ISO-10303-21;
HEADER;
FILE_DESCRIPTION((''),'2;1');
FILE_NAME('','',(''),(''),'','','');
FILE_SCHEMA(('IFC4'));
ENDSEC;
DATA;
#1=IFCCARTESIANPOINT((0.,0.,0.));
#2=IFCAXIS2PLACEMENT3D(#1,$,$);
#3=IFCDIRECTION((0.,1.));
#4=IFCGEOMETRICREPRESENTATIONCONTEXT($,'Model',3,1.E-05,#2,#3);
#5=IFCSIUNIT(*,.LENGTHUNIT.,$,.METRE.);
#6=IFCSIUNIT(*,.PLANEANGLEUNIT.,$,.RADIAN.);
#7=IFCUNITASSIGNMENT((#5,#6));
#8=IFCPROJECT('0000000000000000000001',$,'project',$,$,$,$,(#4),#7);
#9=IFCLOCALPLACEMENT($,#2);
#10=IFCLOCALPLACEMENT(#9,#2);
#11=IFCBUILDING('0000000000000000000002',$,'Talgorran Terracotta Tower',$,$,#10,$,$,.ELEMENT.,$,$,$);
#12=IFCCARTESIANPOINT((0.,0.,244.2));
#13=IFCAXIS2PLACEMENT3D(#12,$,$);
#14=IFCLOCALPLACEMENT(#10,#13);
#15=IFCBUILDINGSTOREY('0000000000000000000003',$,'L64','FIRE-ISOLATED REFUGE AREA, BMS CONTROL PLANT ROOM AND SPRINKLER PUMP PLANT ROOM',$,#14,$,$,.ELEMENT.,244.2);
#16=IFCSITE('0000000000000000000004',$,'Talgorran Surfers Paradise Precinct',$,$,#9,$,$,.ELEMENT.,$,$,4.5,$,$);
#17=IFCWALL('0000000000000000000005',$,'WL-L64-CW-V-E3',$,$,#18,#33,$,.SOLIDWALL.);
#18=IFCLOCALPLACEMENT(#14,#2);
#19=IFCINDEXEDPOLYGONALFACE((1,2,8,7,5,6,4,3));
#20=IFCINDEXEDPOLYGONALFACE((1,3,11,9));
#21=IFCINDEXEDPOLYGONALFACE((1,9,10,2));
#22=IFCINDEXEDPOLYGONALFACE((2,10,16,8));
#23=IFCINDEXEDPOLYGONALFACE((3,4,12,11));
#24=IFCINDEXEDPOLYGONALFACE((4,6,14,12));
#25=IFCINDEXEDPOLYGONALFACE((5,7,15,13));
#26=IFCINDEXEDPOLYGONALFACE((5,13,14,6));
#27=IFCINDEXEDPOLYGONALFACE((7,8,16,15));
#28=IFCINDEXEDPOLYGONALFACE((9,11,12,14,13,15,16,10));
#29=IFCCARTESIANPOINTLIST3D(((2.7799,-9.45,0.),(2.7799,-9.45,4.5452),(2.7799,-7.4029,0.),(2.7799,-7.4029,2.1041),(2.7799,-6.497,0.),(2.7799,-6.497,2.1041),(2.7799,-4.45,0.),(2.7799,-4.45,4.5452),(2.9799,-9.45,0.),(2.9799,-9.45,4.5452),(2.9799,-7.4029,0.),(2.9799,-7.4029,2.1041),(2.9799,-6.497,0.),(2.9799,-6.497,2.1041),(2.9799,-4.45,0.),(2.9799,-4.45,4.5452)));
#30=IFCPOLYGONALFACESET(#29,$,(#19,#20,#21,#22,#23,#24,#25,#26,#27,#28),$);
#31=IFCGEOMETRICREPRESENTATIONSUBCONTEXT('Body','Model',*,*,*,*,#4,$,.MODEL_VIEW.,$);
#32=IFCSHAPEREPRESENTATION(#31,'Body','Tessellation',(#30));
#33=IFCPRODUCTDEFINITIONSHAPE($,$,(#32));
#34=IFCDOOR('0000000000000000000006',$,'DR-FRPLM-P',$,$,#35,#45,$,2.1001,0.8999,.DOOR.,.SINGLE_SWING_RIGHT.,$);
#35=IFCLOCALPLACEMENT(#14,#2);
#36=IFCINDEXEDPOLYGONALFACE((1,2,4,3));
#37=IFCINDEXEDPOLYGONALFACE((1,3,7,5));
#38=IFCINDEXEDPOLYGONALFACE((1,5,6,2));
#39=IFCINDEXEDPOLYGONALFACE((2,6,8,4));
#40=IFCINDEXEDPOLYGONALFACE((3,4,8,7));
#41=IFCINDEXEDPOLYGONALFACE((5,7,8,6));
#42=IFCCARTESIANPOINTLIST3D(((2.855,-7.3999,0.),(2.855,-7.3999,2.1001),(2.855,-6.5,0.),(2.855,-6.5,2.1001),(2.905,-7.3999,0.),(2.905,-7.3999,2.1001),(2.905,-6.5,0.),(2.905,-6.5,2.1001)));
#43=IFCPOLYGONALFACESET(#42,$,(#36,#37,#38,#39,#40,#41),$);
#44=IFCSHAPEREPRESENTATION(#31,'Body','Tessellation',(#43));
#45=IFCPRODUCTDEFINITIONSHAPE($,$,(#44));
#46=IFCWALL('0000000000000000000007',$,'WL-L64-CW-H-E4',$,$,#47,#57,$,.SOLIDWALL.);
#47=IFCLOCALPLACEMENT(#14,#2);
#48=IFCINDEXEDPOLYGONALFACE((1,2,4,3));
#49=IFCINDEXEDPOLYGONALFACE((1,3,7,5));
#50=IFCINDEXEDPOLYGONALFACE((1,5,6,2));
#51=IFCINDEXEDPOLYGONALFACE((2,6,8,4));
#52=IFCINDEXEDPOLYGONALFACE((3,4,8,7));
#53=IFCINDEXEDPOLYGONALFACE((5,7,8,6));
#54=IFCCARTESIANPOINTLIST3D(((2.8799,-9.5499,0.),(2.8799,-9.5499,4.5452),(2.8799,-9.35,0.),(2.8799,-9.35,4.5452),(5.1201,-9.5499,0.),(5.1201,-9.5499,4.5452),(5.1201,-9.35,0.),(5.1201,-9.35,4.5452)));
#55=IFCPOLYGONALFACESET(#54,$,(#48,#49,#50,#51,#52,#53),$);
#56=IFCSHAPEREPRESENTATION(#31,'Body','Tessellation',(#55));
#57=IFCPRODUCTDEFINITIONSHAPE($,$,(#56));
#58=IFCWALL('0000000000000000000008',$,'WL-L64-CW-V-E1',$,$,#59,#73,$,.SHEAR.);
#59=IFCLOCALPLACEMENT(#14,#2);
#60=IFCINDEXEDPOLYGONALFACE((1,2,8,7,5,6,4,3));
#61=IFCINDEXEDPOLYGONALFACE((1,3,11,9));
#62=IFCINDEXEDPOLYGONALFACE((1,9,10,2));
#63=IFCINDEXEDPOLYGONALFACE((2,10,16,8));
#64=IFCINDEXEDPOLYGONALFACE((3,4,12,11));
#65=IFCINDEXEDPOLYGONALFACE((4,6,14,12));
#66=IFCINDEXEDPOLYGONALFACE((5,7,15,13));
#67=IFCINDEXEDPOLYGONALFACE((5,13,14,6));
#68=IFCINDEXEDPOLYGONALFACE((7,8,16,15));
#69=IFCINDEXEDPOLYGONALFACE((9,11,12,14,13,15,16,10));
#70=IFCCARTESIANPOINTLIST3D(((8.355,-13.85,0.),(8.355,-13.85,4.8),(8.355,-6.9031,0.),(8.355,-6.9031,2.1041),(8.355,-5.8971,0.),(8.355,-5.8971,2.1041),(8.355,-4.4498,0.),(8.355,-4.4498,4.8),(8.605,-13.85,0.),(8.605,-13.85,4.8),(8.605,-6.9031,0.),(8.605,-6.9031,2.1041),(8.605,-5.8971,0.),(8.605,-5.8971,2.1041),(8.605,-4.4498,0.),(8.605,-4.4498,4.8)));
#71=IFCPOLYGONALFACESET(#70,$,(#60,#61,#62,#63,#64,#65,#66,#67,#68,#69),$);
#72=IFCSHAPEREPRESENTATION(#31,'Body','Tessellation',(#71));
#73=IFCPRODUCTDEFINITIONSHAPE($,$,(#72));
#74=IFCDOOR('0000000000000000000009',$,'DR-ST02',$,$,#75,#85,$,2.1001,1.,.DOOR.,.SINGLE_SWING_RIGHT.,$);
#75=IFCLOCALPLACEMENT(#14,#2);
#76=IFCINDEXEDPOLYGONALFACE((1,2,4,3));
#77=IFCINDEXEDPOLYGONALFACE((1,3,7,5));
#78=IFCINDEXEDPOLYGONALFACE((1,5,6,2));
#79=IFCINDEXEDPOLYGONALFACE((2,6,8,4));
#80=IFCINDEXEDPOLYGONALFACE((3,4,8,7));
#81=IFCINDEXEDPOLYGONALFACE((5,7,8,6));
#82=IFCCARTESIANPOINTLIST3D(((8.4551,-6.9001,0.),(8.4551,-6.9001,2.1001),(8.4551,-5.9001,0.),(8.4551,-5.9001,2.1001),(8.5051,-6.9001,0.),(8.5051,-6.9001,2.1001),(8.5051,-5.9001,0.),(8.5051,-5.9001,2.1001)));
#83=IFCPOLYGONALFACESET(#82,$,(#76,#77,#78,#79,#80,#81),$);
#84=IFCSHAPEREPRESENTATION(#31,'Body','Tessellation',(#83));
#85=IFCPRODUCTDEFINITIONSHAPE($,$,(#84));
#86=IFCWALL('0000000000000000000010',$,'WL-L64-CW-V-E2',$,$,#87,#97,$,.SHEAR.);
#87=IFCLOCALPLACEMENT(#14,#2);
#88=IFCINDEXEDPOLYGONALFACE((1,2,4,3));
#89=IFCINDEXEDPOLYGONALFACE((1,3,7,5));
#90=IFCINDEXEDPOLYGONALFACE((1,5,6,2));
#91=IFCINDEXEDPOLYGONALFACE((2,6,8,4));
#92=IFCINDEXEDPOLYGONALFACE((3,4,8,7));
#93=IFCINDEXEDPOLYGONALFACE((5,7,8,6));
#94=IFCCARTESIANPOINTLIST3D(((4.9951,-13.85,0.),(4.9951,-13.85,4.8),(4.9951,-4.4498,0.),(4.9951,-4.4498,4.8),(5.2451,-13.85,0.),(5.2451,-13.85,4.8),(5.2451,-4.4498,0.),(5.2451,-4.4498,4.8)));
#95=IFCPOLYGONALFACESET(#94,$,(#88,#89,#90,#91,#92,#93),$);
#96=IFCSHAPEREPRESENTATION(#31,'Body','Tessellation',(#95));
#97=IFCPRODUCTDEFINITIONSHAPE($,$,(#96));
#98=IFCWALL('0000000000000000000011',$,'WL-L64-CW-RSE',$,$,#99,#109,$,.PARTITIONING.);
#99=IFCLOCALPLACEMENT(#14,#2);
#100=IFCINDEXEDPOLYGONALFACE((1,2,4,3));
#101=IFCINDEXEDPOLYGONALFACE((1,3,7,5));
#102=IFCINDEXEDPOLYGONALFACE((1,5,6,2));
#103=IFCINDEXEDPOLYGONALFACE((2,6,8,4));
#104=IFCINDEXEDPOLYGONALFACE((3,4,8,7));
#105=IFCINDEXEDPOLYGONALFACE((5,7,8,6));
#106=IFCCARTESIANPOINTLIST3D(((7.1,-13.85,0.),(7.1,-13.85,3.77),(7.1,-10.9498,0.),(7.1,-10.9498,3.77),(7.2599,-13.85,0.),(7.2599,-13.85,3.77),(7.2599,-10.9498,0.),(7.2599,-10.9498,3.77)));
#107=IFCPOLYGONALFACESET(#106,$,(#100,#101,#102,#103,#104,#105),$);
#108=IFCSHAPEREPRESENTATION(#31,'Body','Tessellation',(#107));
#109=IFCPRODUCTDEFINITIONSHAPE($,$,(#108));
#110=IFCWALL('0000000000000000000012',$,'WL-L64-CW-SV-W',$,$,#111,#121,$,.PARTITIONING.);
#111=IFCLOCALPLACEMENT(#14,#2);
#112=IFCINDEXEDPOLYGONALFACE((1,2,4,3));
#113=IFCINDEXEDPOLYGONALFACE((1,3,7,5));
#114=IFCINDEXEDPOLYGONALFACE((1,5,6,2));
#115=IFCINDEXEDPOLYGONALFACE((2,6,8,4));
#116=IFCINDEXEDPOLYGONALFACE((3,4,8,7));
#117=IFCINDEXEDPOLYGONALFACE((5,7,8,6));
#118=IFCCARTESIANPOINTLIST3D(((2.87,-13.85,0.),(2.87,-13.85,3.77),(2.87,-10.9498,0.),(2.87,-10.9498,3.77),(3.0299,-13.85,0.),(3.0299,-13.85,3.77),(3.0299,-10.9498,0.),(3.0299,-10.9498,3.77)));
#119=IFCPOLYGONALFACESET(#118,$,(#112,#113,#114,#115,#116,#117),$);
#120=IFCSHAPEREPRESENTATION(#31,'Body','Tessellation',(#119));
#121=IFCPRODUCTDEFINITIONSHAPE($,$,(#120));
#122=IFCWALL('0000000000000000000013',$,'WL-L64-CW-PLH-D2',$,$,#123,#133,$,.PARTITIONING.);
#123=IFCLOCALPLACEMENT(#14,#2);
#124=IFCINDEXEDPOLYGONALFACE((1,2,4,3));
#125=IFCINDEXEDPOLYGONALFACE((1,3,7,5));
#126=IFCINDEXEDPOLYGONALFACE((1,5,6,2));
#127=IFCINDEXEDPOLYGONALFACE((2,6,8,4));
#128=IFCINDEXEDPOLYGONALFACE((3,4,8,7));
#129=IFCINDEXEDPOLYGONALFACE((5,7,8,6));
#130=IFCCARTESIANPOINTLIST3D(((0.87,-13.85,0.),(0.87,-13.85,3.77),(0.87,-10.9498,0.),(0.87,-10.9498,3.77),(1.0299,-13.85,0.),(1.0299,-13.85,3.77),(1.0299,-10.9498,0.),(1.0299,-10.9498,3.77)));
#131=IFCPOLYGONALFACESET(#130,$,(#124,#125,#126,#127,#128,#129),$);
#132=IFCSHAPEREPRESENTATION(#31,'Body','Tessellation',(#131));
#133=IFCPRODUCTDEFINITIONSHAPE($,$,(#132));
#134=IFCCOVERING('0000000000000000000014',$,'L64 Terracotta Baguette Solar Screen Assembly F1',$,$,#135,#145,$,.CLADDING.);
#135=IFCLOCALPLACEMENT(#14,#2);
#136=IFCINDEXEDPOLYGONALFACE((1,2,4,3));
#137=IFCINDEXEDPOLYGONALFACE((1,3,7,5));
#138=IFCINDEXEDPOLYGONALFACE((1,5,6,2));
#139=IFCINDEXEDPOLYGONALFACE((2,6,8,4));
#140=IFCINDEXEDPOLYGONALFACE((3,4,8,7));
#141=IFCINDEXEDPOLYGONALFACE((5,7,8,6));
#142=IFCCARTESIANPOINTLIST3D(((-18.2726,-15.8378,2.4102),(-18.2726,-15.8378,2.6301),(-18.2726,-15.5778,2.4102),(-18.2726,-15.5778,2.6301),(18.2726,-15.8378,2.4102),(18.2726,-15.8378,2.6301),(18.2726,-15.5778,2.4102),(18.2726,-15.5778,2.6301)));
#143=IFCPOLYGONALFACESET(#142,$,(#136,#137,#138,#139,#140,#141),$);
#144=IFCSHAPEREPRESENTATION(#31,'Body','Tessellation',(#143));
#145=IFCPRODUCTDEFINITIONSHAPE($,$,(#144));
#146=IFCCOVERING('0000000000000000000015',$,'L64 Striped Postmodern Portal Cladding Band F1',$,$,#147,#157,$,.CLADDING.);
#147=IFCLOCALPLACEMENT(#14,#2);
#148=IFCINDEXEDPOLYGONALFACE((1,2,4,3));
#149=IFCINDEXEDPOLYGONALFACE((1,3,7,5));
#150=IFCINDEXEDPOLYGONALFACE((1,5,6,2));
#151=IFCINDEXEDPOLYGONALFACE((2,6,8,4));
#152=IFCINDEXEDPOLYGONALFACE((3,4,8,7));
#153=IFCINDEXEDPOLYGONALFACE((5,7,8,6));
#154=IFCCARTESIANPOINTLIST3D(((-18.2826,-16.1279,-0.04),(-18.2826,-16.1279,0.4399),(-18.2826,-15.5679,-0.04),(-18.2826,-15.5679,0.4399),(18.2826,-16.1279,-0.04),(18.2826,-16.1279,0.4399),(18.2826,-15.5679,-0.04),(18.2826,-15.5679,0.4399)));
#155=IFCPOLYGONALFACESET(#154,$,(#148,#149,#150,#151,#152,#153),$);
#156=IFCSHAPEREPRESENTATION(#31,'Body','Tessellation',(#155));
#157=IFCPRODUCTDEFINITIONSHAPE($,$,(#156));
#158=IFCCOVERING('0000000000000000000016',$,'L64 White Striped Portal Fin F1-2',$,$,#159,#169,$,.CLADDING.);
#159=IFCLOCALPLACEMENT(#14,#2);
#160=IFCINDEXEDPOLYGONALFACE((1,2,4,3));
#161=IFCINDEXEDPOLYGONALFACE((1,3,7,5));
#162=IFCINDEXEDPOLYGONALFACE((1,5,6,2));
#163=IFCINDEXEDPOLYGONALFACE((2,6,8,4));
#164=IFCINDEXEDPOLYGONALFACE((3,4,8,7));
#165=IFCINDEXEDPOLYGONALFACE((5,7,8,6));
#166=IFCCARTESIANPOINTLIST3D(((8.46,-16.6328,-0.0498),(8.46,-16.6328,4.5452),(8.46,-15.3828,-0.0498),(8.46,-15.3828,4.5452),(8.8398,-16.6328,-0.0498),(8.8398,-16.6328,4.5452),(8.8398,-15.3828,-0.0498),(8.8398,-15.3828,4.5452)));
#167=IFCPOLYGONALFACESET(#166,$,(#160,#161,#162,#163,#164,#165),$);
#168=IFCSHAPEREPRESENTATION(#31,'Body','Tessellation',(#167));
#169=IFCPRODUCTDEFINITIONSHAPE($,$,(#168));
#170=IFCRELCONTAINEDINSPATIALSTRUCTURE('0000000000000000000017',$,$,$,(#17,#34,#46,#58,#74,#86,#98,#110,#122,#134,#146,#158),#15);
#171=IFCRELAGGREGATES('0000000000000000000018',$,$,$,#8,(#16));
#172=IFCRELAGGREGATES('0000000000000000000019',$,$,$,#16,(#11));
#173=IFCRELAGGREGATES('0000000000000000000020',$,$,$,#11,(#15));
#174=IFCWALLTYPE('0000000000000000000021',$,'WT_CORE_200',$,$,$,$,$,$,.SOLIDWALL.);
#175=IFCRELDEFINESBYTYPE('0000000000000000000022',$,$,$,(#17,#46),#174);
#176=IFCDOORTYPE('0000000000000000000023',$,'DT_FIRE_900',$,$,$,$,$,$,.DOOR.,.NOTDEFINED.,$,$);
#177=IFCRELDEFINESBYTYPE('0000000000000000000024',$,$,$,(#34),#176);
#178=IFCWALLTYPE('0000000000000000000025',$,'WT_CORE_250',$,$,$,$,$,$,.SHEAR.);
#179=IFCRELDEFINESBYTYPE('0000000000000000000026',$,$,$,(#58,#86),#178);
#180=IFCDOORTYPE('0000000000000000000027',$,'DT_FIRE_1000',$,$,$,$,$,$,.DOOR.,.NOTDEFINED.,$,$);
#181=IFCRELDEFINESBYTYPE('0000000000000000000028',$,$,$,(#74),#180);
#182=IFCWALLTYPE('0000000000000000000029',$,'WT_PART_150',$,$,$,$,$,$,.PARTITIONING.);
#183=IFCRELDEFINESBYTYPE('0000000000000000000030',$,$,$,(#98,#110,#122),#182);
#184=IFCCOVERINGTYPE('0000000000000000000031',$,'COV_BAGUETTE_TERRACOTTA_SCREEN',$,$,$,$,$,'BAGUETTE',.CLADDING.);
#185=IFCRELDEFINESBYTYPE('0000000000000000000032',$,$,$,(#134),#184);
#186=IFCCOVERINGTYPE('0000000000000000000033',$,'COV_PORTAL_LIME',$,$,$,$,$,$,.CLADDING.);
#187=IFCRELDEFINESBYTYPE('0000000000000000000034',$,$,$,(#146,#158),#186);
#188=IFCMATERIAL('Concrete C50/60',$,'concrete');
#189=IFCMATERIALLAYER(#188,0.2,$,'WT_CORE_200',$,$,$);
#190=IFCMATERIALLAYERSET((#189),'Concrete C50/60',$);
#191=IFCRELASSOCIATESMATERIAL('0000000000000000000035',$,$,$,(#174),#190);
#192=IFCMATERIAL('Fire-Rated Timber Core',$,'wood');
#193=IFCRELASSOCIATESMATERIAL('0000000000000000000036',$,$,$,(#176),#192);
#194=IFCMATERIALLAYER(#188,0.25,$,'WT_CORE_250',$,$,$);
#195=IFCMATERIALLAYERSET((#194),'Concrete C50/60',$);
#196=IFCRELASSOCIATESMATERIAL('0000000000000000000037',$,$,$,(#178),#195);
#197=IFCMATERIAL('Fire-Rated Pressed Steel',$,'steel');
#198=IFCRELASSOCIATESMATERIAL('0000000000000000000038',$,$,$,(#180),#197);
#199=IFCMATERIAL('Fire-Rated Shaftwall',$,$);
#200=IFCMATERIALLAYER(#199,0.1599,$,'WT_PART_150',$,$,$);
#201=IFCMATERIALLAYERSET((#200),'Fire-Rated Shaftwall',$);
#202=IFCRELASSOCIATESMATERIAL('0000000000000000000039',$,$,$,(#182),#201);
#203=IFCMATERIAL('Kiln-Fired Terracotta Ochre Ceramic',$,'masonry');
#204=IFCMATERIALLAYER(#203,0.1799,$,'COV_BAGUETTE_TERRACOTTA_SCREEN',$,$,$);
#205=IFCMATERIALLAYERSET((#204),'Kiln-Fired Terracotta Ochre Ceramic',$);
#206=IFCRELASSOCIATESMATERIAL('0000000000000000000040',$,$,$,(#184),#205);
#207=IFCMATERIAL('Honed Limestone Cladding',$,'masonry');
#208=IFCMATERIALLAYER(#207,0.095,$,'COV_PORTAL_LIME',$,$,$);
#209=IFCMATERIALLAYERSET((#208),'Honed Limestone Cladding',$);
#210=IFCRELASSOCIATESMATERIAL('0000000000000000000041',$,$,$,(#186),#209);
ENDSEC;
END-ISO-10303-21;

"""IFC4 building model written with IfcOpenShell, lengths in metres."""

from ifc_helpers import new_model, si_unit, direction, frame, frame_2d, origin, origin_2d, place, context, subcontext, project, spatial, rectangle, extrude, material, layer, layer_set, type_object, element, fill, save


model = new_model("IFC4")

# Units and contexts
model_context = context("Model", 3, precision=1e-05, world=origin(), true_north=direction((0.0, 1.0)))
body_context = subcontext(model_context, "Body", "Model", "MODEL_VIEW")
ifc_project = project(units=[si_unit("LENGTHUNIT", "METRE"), si_unit("PLANEANGLEUNIT", "RADIAN")], contexts=[model_context])

# Site, building, storey
site_placement = place(None, origin())
site = spatial("IfcSite", under=ifc_project, at=site_placement, Name="Talgorran Surfers Paradise Precinct", CompositionType="ELEMENT", RefElevation=4.5)
building_placement = place(site_placement, origin())
building = spatial("IfcBuilding", under=site, at=building_placement, Name="Talgorran Terracotta Tower", CompositionType="ELEMENT")
storey_placement = place(building_placement, frame((0.0, 0.0, 244.2)))
storey = spatial("IfcBuildingStorey", under=building, at=storey_placement, Name="L64", Description="FIRE-ISOLATED REFUGE AREA, BMS CONTROL PLANT ROOM AND SPRINKLER PUMP PLANT ROOM", CompositionType="ELEMENT", Elevation=244.2)

# Shared definitions
ifc_material_1 = material(Name="Concrete C50/60", Category="concrete")

# Shared definitions
ifc_layer_1 = layer(ifc_material_1, 0.2, Name="WT_CORE_200")
ifc_layer_set_1 = layer_set([ifc_layer_1], Name="Concrete C50/60")
wall_type_1 = type_object("IfcWallType", Name="WT_CORE_200", PredefinedType="SOLIDWALL", material=ifc_layer_set_1)

# Shared definitions
ifc_material_2 = material(Name="Fire-Rated Pressed Steel", Category="steel")

# Wall, opening, door
wall_1_placement = place(storey_placement, frame((2.8799, -9.45, 0.0), z_axis=(0.0, 0.0, 1.0), x_axis=(0.0, 1.0, 0.0)))
wall_1 = element("IfcWall", 1, at=wall_1_placement, inside=storey, type_object=wall_type_1, Name="WL-L64-CW-V-E3", PredefinedType="SOLIDWALL", context=body_context, shape_type="SweptSolid", body=[
    extrude(rectangle(XDim=5.0, YDim=0.2, at=frame_2d((2.5, 0.0))), origin(), (0.0, 0.0, 1.0), 4.5452),
])
opening_1_placement = place(wall_1_placement, frame((2.05, 0.0, 0.0)))
opening_1 = element("IfcOpeningElement", 2, at=opening_1_placement, cuts=wall_1, PredefinedType="OPENING", context=body_context, shape_type="SweptSolid", body=[
    extrude(rectangle(XDim=0.9059, YDim=2.1041, at=frame_2d((0.45, 1.052))), frame((0.0, 0.1099, 0.0), z_axis=(0.0, -1.0, 0.0), x_axis=(1.0, 0.0, 0.0)), (0.0, 0.0, 1.0), 0.22),
])
ifc_material_3 = material(Name="Fire-Rated Timber Core", Category="wood")
door_type_1 = type_object("IfcDoorType", Name="DT_FIRE_900", OperationType="NOTDEFINED", PredefinedType="DOOR", material=ifc_material_3)
door_1_placement = place(opening_1_placement, origin())
door_1 = element("IfcDoor", 3, at=door_1_placement, inside=storey, type_object=door_type_1, Name="DR-FRPLM-P", OperationType="SINGLE_SWING_RIGHT", OverallHeight=2.1001, OverallWidth=0.8999, PredefinedType="DOOR", context=body_context, shape_type="SweptSolid", body=[
    extrude(rectangle(XDim=0.8999, YDim=2.1001, at=frame_2d((0.45, 1.05))), frame((0.0, 0.0249, 0.0), z_axis=(0.0, -1.0, 0.0), x_axis=(1.0, 0.0, 0.0)), (0.0, 0.0, 1.0), 0.05),
])
fill(opening_1, door_1)

# Wall
wall_2_placement = place(storey_placement, frame((2.8799, -9.45, 0.0), z_axis=(0.0, 0.0, 1.0), x_axis=(1.0, 0.0, 0.0)))
element("IfcWall", 4, at=wall_2_placement, inside=storey, type_object=wall_type_1, Name="WL-L64-CW-H-E4", PredefinedType="SOLIDWALL", context=body_context, shape_type="SweptSolid", body=[
    extrude(rectangle(XDim=2.2402, YDim=0.2, at=frame_2d((1.1201, 0.0))), origin(), (0.0, 0.0, 1.0), 4.5452),
])

# Wall, opening, door
ifc_layer_2 = layer(ifc_material_1, 0.25, Name="WT_CORE_250")
ifc_layer_set_2 = layer_set([ifc_layer_2], Name="Concrete C50/60")
wall_type_2 = type_object("IfcWallType", Name="WT_CORE_250", PredefinedType="SHEAR", material=ifc_layer_set_2)
wall_3_placement = place(storey_placement, frame((8.48, -13.8501, 0.0), z_axis=(0.0, 0.0, 1.0), x_axis=(0.0, 1.0, 0.0)))
wall_3 = element("IfcWall", 5, at=wall_3_placement, inside=storey, type_object=wall_type_2, Name="WL-L64-CW-V-E1", PredefinedType="SHEAR", context=body_context, shape_type="SweptSolid", body=[
    extrude(rectangle(XDim=9.4001, YDim=0.25, at=frame_2d((4.7002, 0.0))), origin(), (0.0, 0.0, 1.0), 4.8),
])
opening_2_placement = place(wall_3_placement, frame((6.95, 0.0, 0.0)))
opening_2 = element("IfcOpeningElement", 6, at=opening_2_placement, cuts=wall_3, PredefinedType="OPENING", context=body_context, shape_type="SweptSolid", body=[
    extrude(rectangle(XDim=1.006, YDim=2.1041, at=frame_2d((0.5, 1.052))), frame((0.0, 0.135, 0.0), z_axis=(0.0, -1.0, 0.0), x_axis=(1.0, 0.0, 0.0)), (0.0, 0.0, 1.0), 0.27),
])
door_type_2 = type_object("IfcDoorType", Name="DT_FIRE_1000", OperationType="NOTDEFINED", PredefinedType="DOOR", material=ifc_material_2)
door_2_placement = place(opening_2_placement, origin())
door_2 = element("IfcDoor", 7, at=door_2_placement, inside=storey, type_object=door_type_2, Name="DR-ST02", OperationType="SINGLE_SWING_RIGHT", OverallHeight=2.1001, OverallWidth=1.0, PredefinedType="DOOR", context=body_context, shape_type="SweptSolid", body=[
    extrude(rectangle(XDim=1.0, YDim=2.1001, at=frame_2d((0.5, 1.05))), frame((0.0, 0.0249, 0.0), z_axis=(0.0, -1.0, 0.0), x_axis=(1.0, 0.0, 0.0)), (0.0, 0.0, 1.0), 0.05),
])
fill(opening_2, door_2)

# Walls
wall_4_placement = place(storey_placement, frame((5.1201, -13.8501, 0.0), z_axis=(0.0, 0.0, 1.0), x_axis=(0.0, 1.0, 0.0)))
element("IfcWall", 8, at=wall_4_placement, inside=storey, type_object=wall_type_2, Name="WL-L64-CW-V-E2", PredefinedType="SHEAR", context=body_context, shape_type="SweptSolid", body=[
    extrude(rectangle(XDim=9.4001, YDim=0.25, at=frame_2d((4.7002, 0.0))), origin(), (0.0, 0.0, 1.0), 4.8),
])
ifc_material_4 = material(Name="Fire-Rated Shaftwall")
ifc_layer_3 = layer(ifc_material_4, 0.1599, Name="WT_PART_150")
ifc_layer_set_3 = layer_set([ifc_layer_3], Name="Fire-Rated Shaftwall")
wall_type_3 = type_object("IfcWallType", Name="WT_PART_150", PredefinedType="PARTITIONING", material=ifc_layer_set_3)
for number, where, z_axis, x_axis, name in (
    (9, (7.1799, -13.8501, 0.0), (0.0, 0.0, 1.0), (0.0, 1.0, 0.0), "WL-L64-CW-RSE"),
    (10, (2.95, -13.8501, 0.0), (0.0, 0.0, 1.0), (0.0, 1.0, 0.0), "WL-L64-CW-SV-W"),
    (11, (0.95, -13.8501, 0.0), (0.0, 0.0, 1.0), (0.0, 1.0, 0.0), "WL-L64-CW-PLH-D2"),
):
    element("IfcWall", number, at=place(storey_placement, frame(where, z_axis=z_axis, x_axis=x_axis)), inside=storey, type_object=wall_type_3, Name=name, PredefinedType="PARTITIONING", context=body_context, shape_type="SweptSolid", body=[
        extrude(rectangle(XDim=2.9001, YDim=0.1599, at=frame_2d((1.4502, 0.0))), origin(), (0.0, 0.0, 1.0), 3.77),
    ])

# Coverings
ifc_material_5 = material(Name="Kiln-Fired Terracotta Ochre Ceramic", Category="masonry")
ifc_layer_4 = layer(ifc_material_5, 0.1799, Name="COV_BAGUETTE_TERRACOTTA_SCREEN")
ifc_layer_set_4 = layer_set([ifc_layer_4], Name="Kiln-Fired Terracotta Ochre Ceramic")
covering_type_1 = type_object("IfcCoveringType", Name="COV_BAGUETTE_TERRACOTTA_SCREEN", ElementType="BAGUETTE", PredefinedType="CLADDING", material=ifc_layer_set_4)
covering_1_placement = place(storey_placement, frame((0.0, -15.7078, 2.4102), z_axis=(0.0, 0.0, 1.0), x_axis=(1.0, 0.0, 0.0)))
element("IfcCovering", 12, at=covering_1_placement, inside=storey, type_object=covering_type_1, Name="L64 Terracotta Baguette Solar Screen Assembly F1", PredefinedType="CLADDING", context=body_context, shape_type="SweptSolid", body=[
    extrude(rectangle(XDim=36.5452, YDim=0.26, at=origin_2d()), origin(), (0.0, 0.0, 1.0), 0.22),
])
ifc_material_6 = material(Name="Honed Limestone Cladding", Category="masonry")
ifc_layer_5 = layer(ifc_material_6, 0.095, Name="COV_PORTAL_LIME")
ifc_layer_set_5 = layer_set([ifc_layer_5], Name="Honed Limestone Cladding")
covering_type_2 = type_object("IfcCoveringType", Name="COV_PORTAL_LIME", PredefinedType="CLADDING", material=ifc_layer_set_5)
covering_2_placement = place(storey_placement, frame((0.0, -15.8479, -0.04), z_axis=(0.0, 0.0, 1.0), x_axis=(1.0, 0.0, 0.0)))
element("IfcCovering", 13, at=covering_2_placement, inside=storey, type_object=covering_type_2, Name="L64 Striped Postmodern Portal Cladding Band F1", PredefinedType="CLADDING", context=body_context, shape_type="SweptSolid", body=[
    extrude(rectangle(XDim=36.5652, YDim=0.5601, at=origin_2d()), origin(), (0.0, 0.0, 1.0), 0.48),
])
covering_3_placement = place(storey_placement, frame((8.6499, -16.0078, -0.0498), z_axis=(0.0, 0.0, 1.0), x_axis=(1.0, 0.0, 0.0)))
element("IfcCovering", 14, at=covering_3_placement, inside=storey, type_object=covering_type_2, Name="L64 White Striped Portal Fin F1-2", PredefinedType="CLADDING", context=body_context, shape_type="SweptSolid", body=[
    extrude(rectangle(XDim=0.3799, YDim=1.25, at=origin_2d()), origin(), (0.0, 0.0, 1.0), 4.595),
])

save(model, "model.ifc")
